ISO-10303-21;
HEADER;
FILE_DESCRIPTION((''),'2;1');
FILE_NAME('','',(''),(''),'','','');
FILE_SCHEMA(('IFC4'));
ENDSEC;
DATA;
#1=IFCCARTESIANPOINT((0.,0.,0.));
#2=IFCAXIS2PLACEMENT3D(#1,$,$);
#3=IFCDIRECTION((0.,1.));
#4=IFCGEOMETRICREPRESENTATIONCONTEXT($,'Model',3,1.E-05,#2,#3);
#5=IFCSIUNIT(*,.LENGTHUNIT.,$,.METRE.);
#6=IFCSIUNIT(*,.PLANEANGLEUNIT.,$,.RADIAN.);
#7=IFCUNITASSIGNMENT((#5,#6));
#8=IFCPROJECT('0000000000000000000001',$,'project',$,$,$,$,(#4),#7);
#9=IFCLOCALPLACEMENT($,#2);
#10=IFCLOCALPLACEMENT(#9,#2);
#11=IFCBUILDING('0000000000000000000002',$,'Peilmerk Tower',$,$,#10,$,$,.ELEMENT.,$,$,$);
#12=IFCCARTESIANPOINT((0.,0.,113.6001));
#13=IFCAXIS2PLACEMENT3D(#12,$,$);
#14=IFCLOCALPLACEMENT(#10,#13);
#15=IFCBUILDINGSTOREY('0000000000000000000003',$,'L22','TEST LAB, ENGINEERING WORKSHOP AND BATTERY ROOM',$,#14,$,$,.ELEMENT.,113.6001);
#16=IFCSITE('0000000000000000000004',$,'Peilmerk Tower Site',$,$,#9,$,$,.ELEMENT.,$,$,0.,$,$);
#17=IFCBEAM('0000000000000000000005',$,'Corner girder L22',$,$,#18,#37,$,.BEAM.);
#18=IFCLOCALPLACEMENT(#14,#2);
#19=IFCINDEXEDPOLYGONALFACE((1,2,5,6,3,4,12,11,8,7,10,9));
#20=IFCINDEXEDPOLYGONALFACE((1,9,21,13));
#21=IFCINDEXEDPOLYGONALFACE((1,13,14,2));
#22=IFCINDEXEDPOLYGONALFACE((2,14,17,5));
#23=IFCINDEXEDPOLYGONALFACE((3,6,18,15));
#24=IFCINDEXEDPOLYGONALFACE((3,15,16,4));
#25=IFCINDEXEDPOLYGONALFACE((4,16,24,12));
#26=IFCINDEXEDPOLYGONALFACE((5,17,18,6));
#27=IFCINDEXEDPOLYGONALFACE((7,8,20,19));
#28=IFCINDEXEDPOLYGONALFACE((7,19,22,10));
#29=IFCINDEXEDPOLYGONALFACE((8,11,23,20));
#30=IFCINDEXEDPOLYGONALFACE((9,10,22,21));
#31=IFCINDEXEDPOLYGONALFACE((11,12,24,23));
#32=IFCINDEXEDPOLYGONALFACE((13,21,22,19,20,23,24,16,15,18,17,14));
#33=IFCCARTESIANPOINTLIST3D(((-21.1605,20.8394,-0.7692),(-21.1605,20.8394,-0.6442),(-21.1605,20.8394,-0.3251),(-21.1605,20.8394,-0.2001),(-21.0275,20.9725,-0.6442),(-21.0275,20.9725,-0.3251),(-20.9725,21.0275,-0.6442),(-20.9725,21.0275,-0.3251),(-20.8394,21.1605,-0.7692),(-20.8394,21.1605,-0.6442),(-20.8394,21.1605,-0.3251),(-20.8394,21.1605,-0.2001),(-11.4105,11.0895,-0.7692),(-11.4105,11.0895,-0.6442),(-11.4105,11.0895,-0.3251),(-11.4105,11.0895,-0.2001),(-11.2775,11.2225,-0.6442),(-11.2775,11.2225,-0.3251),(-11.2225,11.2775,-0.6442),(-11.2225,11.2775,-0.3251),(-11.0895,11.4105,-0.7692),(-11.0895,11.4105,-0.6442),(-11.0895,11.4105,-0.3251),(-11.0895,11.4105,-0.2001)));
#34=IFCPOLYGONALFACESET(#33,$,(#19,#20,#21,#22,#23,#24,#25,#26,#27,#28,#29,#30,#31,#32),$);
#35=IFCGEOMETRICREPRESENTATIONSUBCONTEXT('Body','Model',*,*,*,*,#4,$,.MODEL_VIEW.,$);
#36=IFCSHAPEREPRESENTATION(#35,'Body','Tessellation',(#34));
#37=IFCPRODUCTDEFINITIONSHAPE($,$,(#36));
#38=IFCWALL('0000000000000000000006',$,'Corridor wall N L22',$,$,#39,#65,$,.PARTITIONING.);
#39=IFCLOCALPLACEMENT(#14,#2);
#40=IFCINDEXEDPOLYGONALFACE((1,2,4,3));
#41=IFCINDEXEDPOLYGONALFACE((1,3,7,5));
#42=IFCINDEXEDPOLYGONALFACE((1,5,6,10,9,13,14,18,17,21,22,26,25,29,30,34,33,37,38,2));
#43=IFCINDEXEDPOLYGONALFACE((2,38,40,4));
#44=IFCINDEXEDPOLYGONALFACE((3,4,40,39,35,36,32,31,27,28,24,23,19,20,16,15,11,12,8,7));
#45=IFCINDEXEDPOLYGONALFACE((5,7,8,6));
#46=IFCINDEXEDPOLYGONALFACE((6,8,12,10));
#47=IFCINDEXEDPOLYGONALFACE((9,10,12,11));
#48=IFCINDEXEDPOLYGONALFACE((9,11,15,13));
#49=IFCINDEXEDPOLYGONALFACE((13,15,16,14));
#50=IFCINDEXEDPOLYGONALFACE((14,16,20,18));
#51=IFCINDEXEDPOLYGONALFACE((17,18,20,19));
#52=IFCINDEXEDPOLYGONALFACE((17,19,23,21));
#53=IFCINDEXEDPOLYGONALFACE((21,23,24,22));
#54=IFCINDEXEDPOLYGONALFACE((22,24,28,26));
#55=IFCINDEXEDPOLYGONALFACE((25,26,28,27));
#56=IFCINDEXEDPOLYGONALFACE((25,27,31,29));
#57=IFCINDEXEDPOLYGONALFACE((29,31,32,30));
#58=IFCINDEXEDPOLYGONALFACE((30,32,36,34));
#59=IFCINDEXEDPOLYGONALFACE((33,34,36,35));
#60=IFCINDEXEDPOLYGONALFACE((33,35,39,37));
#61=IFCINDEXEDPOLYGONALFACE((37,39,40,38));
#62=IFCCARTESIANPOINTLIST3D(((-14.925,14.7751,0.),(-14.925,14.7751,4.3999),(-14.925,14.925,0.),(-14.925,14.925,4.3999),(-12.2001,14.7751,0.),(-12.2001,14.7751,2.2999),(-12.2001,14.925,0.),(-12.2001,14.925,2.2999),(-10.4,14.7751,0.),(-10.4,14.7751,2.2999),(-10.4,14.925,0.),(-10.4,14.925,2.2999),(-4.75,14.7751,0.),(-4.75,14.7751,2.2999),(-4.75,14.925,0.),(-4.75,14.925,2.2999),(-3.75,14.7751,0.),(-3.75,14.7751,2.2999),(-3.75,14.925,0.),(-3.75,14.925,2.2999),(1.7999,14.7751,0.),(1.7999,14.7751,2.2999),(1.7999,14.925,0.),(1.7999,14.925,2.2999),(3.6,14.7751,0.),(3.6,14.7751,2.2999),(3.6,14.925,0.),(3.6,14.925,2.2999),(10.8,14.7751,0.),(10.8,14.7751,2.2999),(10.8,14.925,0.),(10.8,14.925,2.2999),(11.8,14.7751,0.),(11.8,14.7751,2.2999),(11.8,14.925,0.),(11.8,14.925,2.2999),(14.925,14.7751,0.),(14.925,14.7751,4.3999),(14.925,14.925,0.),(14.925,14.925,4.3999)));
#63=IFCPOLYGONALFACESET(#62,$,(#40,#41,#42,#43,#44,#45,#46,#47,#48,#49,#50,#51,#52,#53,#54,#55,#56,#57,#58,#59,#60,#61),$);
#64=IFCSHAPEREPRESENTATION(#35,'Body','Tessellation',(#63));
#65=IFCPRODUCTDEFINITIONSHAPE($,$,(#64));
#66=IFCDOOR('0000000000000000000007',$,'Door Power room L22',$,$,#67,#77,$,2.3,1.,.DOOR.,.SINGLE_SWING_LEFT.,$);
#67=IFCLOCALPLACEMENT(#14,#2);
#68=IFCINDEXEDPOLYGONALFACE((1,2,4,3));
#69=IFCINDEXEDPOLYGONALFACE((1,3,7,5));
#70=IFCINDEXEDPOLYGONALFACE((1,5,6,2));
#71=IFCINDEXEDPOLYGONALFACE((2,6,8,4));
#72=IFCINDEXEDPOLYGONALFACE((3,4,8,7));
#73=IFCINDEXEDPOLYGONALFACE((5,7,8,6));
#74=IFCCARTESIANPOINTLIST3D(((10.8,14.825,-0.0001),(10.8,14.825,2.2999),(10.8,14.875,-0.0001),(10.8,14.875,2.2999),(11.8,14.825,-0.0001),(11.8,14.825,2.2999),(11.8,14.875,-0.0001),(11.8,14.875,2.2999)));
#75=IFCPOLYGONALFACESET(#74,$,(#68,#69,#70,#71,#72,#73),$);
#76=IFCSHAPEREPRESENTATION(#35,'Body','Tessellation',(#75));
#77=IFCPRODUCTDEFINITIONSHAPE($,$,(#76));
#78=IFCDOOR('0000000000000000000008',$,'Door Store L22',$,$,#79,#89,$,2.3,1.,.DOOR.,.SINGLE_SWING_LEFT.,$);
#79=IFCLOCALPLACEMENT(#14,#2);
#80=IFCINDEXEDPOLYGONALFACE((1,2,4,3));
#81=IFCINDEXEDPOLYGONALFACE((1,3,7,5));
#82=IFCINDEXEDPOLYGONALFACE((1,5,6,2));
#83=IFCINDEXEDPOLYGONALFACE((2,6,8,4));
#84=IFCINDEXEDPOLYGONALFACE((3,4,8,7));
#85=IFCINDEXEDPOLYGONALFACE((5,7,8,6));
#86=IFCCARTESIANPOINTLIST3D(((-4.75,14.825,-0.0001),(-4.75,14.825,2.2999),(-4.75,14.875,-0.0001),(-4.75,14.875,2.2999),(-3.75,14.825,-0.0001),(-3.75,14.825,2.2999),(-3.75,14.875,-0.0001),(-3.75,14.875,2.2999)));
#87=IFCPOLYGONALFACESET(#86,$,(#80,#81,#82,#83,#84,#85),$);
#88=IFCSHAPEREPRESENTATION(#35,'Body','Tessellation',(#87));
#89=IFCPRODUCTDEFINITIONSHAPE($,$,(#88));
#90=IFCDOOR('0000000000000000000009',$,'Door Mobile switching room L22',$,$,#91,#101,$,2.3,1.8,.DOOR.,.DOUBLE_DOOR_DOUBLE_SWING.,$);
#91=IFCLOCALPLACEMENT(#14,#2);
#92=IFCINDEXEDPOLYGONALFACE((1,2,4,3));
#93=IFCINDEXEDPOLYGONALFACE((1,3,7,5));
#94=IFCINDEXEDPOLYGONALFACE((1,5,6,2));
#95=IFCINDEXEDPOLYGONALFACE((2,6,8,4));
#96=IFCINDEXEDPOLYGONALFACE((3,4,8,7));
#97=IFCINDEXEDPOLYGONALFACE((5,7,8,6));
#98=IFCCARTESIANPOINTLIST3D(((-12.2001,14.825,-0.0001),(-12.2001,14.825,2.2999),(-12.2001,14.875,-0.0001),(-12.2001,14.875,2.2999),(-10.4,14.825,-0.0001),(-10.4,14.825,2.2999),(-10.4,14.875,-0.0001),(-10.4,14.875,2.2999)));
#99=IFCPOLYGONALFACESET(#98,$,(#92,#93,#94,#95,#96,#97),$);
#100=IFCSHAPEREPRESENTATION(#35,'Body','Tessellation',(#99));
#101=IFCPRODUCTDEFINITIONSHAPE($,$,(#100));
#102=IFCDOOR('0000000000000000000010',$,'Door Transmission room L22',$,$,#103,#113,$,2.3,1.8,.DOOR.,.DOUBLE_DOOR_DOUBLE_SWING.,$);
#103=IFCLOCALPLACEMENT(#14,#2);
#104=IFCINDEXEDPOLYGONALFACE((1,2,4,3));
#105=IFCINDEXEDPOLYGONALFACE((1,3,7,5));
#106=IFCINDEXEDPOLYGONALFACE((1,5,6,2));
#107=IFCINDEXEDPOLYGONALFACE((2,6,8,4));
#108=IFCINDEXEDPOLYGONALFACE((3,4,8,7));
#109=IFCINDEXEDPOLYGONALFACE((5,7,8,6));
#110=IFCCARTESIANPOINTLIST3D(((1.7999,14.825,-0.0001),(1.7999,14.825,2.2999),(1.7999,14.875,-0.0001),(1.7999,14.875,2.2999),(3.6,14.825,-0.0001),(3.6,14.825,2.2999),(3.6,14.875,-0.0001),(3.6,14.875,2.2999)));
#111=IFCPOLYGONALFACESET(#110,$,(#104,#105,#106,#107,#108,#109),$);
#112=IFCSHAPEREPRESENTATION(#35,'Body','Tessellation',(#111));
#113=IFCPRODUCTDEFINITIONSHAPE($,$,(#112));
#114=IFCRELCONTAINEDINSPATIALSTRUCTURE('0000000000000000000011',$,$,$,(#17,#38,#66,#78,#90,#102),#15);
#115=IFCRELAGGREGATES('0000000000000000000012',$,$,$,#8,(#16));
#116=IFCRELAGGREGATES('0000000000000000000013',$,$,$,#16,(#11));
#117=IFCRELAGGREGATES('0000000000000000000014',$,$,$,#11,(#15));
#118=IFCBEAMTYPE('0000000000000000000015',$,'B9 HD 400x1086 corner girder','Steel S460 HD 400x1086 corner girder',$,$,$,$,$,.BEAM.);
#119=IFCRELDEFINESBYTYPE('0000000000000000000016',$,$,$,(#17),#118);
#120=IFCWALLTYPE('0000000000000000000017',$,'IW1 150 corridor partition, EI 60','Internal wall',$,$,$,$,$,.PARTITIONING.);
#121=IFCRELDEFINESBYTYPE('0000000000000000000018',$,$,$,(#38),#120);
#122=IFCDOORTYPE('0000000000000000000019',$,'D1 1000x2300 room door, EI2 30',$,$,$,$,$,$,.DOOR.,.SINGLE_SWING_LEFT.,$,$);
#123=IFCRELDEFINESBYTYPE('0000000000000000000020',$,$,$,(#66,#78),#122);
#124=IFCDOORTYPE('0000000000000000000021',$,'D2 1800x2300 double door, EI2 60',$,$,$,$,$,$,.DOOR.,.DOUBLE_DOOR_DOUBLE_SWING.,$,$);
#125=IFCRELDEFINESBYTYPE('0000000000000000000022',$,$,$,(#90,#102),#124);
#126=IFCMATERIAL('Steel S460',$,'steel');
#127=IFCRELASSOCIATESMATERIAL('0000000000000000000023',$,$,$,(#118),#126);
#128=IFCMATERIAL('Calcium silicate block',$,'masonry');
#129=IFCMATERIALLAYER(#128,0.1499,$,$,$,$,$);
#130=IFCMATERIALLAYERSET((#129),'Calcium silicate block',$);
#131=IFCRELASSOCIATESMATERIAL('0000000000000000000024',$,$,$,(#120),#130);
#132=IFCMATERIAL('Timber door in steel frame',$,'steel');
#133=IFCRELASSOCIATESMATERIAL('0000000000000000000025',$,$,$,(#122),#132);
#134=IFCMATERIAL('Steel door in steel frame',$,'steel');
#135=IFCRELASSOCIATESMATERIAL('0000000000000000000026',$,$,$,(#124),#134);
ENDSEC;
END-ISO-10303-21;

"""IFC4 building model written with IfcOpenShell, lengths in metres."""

from ifc_helpers import new_model, si_unit, direction, frame, frame_2d, origin, origin_2d, place, context, subcontext, project, spatial, rectangle, i_section, extrude, material, layer, layer_set, material_profile, profile_set, type_object, element, fill, save


model = new_model("IFC4")

# Units and contexts
model_context = context("Model", 3, precision=1e-05, world=origin(), true_north=direction((0.0, 1.0)))
body_context = subcontext(model_context, "Body", "Model", "MODEL_VIEW")
ifc_project = project(units=[si_unit("LENGTHUNIT", "METRE"), si_unit("PLANEANGLEUNIT", "RADIAN")], contexts=[model_context])

# Site, building, storey
site_placement = place(None, origin())
site = spatial("IfcSite", under=ifc_project, at=site_placement, Name="Peilmerk Tower Site", CompositionType="ELEMENT", RefElevation=0.0)
building_placement = place(site_placement, origin())
building = spatial("IfcBuilding", under=site, at=building_placement, Name="Peilmerk Tower", CompositionType="ELEMENT")
storey_placement = place(building_placement, frame((0.0, 0.0, 113.6001)))
storey = spatial("IfcBuildingStorey", under=building, at=storey_placement, Name="L22", Description="TEST LAB, ENGINEERING WORKSHOP AND BATTERY ROOM", CompositionType="ELEMENT", Elevation=113.6001)

# Shared definitions
ifc_material_1 = material(Name="Steel S460", Category="steel")

# Beam
ifc_material_profile_1 = material_profile(ifc_material_1, i_section(OverallWidth=0.4541, OverallDepth=0.5691, WebThickness=0.0779, FlangeThickness=0.125, at=origin_2d()), Name="HD 400x1086")
ifc_profile_set_1 = profile_set([ifc_material_profile_1], Name="Steel S460")
beam_type_1 = type_object("IfcBeamType", Name="B9 HD 400x1086 corner girder", Description="Steel S460 HD 400x1086 corner girder", PredefinedType="BEAM", material=ifc_profile_set_1)
beam_1_placement = place(storey_placement, frame((-11.25, 11.25, -0.4846), z_axis=(-0.707107, 0.707107, 0.0), x_axis=(-0.707107, -0.707107, 0.0)))
element("IfcBeam", 1, at=beam_1_placement, inside=storey, type_object=beam_type_1, Name="Corner girder L22", PredefinedType="BEAM", context=body_context, shape_type="SweptSolid", body=[
    extrude(i_section(OverallWidth=0.4541, OverallDepth=0.5691, WebThickness=0.0779, FlangeThickness=0.125, at=origin_2d()), origin(), (0.0, 0.0, 1.0), 13.7886),
])

# Wall, openings, doors
ifc_material_2 = material(Name="Calcium silicate block", Category="masonry")
ifc_layer_1 = layer(ifc_material_2, 0.1499)
ifc_layer_set_1 = layer_set([ifc_layer_1], Name="Calcium silicate block")
wall_type_1 = type_object("IfcWallType", Name="IW1 150 corridor partition, EI 60", Description="Internal wall", PredefinedType="PARTITIONING", material=ifc_layer_set_1)
wall_1_placement = place(storey_placement, frame((-14.925, 14.8501, 0.0), z_axis=(0.0, 0.0, 1.0), x_axis=(1.0, 0.0, 0.0)))
wall_1 = element("IfcWall", 2, at=wall_1_placement, inside=storey, type_object=wall_type_1, Name="Corridor wall N L22", PredefinedType="PARTITIONING", context=body_context, shape_type="SweptSolid", body=[
    extrude(rectangle(XDim=29.8501, YDim=0.1499, at=frame_2d((14.925, 0.0))), origin(), (0.0, 0.0, 1.0), 4.3999),
])
opening_1_placement = place(wall_1_placement, frame((2.7251, 0.0, 0.0)))
opening_1 = element("IfcOpeningElement", 3, at=opening_1_placement, cuts=wall_1, PredefinedType="OPENING", context=body_context, shape_type="SweptSolid", body=[
    extrude(rectangle(XDim=1.8, YDim=2.3, at=frame_2d((0.8999, 1.1499))), frame((0.0, 0.085, 0.0), z_axis=(0.0, -1.0, 0.0), x_axis=(1.0, 0.0, 0.0)), (0.0, 0.0, 1.0), 0.1699),
])
opening_2_placement = place(wall_1_placement, frame((16.7251, 0.0, 0.0)))
opening_2 = element("IfcOpeningElement", 4, at=opening_2_placement, cuts=wall_1, PredefinedType="OPENING", context=body_context, shape_type="SweptSolid", body=[
    extrude(rectangle(XDim=1.8, YDim=2.3, at=frame_2d((0.8999, 1.1499))), frame((0.0, 0.085, 0.0), z_axis=(0.0, -1.0, 0.0), x_axis=(1.0, 0.0, 0.0)), (0.0, 0.0, 1.0), 0.1699),
])
opening_3_placement = place(wall_1_placement, frame((25.7251, 0.0, 0.0)))
opening_3 = element("IfcOpeningElement", 5, at=opening_3_placement, cuts=wall_1, PredefinedType="OPENING", context=body_context, shape_type="SweptSolid", body=[
    extrude(rectangle(XDim=1.0, YDim=2.3, at=frame_2d((0.5, 1.1499))), frame((0.0, 0.085, 0.0), z_axis=(0.0, -1.0, 0.0), x_axis=(1.0, 0.0, 0.0)), (0.0, 0.0, 1.0), 0.1699),
])
opening_4_placement = place(wall_1_placement, frame((10.175, 0.0, 0.0)))
opening_4 = element("IfcOpeningElement", 6, at=opening_4_placement, cuts=wall_1, PredefinedType="OPENING", context=body_context, shape_type="SweptSolid", body=[
    extrude(rectangle(XDim=1.0, YDim=2.3, at=frame_2d((0.5, 1.1499))), frame((0.0, 0.085, 0.0), z_axis=(0.0, -1.0, 0.0), x_axis=(1.0, 0.0, 0.0)), (0.0, 0.0, 1.0), 0.1699),
])
ifc_material_3 = material(Name="Timber door in steel frame", Category="steel")
door_type_1 = type_object("IfcDoorType", Name="D1 1000x2300 room door, EI2 30", OperationType="SINGLE_SWING_LEFT", PredefinedType="DOOR", material=ifc_material_3)
door_1_placement = place(opening_3_placement, origin())
door_1 = element("IfcDoor", 7, at=door_1_placement, inside=storey, type_object=door_type_1, Name="Door Power room L22", OperationType="SINGLE_SWING_LEFT", OverallHeight=2.3, OverallWidth=1.0, PredefinedType="DOOR", context=body_context, shape_type="SweptSolid", body=[
    extrude(rectangle(XDim=1.0, YDim=2.3, at=frame_2d((0.5, 1.1499))), frame((0.0, 0.0249, 0.0), z_axis=(0.0, -1.0, 0.0), x_axis=(1.0, 0.0, 0.0)), (0.0, 0.0, 1.0), 0.05),
])
fill(opening_3, door_1)
door_2_placement = place(opening_4_placement, origin())
door_2 = element("IfcDoor", 8, at=door_2_placement, inside=storey, type_object=door_type_1, Name="Door Store L22", OperationType="SINGLE_SWING_LEFT", OverallHeight=2.3, OverallWidth=1.0, PredefinedType="DOOR", context=body_context, shape_type="SweptSolid", body=[
    extrude(rectangle(XDim=1.0, YDim=2.3, at=frame_2d((0.5, 1.1499))), frame((0.0, 0.0249, 0.0), z_axis=(0.0, -1.0, 0.0), x_axis=(1.0, 0.0, 0.0)), (0.0, 0.0, 1.0), 0.05),
])
fill(opening_4, door_2)
ifc_material_4 = material(Name="Steel door in steel frame", Category="steel")
door_type_2 = type_object("IfcDoorType", Name="D2 1800x2300 double door, EI2 60", OperationType="DOUBLE_DOOR_DOUBLE_SWING", PredefinedType="DOOR", material=ifc_material_4)
door_3_placement = place(opening_1_placement, origin())
door_3 = element("IfcDoor", 9, at=door_3_placement, inside=storey, type_object=door_type_2, Name="Door Mobile switching room L22", OperationType="DOUBLE_DOOR_DOUBLE_SWING", OverallHeight=2.3, OverallWidth=1.8, PredefinedType="DOOR", context=body_context, shape_type="SweptSolid", body=[
    extrude(rectangle(XDim=1.8, YDim=2.3, at=frame_2d((0.8999, 1.1499))), frame((0.0, 0.0249, 0.0), z_axis=(0.0, -1.0, 0.0), x_axis=(1.0, 0.0, 0.0)), (0.0, 0.0, 1.0), 0.05),
])
fill(opening_1, door_3)
door_4_placement = place(opening_2_placement, origin())
door_4 = element("IfcDoor", 10, at=door_4_placement, inside=storey, type_object=door_type_2, Name="Door Transmission room L22", OperationType="DOUBLE_DOOR_DOUBLE_SWING", OverallHeight=2.3, OverallWidth=1.8, PredefinedType="DOOR", context=body_context, shape_type="SweptSolid", body=[
    extrude(rectangle(XDim=1.8, YDim=2.3, at=frame_2d((0.8999, 1.1499))), frame((0.0, 0.0249, 0.0), z_axis=(0.0, -1.0, 0.0), x_axis=(1.0, 0.0, 0.0)), (0.0, 0.0, 1.0), 0.05),
])
fill(opening_2, door_4)

save(model, "model.ifc")
